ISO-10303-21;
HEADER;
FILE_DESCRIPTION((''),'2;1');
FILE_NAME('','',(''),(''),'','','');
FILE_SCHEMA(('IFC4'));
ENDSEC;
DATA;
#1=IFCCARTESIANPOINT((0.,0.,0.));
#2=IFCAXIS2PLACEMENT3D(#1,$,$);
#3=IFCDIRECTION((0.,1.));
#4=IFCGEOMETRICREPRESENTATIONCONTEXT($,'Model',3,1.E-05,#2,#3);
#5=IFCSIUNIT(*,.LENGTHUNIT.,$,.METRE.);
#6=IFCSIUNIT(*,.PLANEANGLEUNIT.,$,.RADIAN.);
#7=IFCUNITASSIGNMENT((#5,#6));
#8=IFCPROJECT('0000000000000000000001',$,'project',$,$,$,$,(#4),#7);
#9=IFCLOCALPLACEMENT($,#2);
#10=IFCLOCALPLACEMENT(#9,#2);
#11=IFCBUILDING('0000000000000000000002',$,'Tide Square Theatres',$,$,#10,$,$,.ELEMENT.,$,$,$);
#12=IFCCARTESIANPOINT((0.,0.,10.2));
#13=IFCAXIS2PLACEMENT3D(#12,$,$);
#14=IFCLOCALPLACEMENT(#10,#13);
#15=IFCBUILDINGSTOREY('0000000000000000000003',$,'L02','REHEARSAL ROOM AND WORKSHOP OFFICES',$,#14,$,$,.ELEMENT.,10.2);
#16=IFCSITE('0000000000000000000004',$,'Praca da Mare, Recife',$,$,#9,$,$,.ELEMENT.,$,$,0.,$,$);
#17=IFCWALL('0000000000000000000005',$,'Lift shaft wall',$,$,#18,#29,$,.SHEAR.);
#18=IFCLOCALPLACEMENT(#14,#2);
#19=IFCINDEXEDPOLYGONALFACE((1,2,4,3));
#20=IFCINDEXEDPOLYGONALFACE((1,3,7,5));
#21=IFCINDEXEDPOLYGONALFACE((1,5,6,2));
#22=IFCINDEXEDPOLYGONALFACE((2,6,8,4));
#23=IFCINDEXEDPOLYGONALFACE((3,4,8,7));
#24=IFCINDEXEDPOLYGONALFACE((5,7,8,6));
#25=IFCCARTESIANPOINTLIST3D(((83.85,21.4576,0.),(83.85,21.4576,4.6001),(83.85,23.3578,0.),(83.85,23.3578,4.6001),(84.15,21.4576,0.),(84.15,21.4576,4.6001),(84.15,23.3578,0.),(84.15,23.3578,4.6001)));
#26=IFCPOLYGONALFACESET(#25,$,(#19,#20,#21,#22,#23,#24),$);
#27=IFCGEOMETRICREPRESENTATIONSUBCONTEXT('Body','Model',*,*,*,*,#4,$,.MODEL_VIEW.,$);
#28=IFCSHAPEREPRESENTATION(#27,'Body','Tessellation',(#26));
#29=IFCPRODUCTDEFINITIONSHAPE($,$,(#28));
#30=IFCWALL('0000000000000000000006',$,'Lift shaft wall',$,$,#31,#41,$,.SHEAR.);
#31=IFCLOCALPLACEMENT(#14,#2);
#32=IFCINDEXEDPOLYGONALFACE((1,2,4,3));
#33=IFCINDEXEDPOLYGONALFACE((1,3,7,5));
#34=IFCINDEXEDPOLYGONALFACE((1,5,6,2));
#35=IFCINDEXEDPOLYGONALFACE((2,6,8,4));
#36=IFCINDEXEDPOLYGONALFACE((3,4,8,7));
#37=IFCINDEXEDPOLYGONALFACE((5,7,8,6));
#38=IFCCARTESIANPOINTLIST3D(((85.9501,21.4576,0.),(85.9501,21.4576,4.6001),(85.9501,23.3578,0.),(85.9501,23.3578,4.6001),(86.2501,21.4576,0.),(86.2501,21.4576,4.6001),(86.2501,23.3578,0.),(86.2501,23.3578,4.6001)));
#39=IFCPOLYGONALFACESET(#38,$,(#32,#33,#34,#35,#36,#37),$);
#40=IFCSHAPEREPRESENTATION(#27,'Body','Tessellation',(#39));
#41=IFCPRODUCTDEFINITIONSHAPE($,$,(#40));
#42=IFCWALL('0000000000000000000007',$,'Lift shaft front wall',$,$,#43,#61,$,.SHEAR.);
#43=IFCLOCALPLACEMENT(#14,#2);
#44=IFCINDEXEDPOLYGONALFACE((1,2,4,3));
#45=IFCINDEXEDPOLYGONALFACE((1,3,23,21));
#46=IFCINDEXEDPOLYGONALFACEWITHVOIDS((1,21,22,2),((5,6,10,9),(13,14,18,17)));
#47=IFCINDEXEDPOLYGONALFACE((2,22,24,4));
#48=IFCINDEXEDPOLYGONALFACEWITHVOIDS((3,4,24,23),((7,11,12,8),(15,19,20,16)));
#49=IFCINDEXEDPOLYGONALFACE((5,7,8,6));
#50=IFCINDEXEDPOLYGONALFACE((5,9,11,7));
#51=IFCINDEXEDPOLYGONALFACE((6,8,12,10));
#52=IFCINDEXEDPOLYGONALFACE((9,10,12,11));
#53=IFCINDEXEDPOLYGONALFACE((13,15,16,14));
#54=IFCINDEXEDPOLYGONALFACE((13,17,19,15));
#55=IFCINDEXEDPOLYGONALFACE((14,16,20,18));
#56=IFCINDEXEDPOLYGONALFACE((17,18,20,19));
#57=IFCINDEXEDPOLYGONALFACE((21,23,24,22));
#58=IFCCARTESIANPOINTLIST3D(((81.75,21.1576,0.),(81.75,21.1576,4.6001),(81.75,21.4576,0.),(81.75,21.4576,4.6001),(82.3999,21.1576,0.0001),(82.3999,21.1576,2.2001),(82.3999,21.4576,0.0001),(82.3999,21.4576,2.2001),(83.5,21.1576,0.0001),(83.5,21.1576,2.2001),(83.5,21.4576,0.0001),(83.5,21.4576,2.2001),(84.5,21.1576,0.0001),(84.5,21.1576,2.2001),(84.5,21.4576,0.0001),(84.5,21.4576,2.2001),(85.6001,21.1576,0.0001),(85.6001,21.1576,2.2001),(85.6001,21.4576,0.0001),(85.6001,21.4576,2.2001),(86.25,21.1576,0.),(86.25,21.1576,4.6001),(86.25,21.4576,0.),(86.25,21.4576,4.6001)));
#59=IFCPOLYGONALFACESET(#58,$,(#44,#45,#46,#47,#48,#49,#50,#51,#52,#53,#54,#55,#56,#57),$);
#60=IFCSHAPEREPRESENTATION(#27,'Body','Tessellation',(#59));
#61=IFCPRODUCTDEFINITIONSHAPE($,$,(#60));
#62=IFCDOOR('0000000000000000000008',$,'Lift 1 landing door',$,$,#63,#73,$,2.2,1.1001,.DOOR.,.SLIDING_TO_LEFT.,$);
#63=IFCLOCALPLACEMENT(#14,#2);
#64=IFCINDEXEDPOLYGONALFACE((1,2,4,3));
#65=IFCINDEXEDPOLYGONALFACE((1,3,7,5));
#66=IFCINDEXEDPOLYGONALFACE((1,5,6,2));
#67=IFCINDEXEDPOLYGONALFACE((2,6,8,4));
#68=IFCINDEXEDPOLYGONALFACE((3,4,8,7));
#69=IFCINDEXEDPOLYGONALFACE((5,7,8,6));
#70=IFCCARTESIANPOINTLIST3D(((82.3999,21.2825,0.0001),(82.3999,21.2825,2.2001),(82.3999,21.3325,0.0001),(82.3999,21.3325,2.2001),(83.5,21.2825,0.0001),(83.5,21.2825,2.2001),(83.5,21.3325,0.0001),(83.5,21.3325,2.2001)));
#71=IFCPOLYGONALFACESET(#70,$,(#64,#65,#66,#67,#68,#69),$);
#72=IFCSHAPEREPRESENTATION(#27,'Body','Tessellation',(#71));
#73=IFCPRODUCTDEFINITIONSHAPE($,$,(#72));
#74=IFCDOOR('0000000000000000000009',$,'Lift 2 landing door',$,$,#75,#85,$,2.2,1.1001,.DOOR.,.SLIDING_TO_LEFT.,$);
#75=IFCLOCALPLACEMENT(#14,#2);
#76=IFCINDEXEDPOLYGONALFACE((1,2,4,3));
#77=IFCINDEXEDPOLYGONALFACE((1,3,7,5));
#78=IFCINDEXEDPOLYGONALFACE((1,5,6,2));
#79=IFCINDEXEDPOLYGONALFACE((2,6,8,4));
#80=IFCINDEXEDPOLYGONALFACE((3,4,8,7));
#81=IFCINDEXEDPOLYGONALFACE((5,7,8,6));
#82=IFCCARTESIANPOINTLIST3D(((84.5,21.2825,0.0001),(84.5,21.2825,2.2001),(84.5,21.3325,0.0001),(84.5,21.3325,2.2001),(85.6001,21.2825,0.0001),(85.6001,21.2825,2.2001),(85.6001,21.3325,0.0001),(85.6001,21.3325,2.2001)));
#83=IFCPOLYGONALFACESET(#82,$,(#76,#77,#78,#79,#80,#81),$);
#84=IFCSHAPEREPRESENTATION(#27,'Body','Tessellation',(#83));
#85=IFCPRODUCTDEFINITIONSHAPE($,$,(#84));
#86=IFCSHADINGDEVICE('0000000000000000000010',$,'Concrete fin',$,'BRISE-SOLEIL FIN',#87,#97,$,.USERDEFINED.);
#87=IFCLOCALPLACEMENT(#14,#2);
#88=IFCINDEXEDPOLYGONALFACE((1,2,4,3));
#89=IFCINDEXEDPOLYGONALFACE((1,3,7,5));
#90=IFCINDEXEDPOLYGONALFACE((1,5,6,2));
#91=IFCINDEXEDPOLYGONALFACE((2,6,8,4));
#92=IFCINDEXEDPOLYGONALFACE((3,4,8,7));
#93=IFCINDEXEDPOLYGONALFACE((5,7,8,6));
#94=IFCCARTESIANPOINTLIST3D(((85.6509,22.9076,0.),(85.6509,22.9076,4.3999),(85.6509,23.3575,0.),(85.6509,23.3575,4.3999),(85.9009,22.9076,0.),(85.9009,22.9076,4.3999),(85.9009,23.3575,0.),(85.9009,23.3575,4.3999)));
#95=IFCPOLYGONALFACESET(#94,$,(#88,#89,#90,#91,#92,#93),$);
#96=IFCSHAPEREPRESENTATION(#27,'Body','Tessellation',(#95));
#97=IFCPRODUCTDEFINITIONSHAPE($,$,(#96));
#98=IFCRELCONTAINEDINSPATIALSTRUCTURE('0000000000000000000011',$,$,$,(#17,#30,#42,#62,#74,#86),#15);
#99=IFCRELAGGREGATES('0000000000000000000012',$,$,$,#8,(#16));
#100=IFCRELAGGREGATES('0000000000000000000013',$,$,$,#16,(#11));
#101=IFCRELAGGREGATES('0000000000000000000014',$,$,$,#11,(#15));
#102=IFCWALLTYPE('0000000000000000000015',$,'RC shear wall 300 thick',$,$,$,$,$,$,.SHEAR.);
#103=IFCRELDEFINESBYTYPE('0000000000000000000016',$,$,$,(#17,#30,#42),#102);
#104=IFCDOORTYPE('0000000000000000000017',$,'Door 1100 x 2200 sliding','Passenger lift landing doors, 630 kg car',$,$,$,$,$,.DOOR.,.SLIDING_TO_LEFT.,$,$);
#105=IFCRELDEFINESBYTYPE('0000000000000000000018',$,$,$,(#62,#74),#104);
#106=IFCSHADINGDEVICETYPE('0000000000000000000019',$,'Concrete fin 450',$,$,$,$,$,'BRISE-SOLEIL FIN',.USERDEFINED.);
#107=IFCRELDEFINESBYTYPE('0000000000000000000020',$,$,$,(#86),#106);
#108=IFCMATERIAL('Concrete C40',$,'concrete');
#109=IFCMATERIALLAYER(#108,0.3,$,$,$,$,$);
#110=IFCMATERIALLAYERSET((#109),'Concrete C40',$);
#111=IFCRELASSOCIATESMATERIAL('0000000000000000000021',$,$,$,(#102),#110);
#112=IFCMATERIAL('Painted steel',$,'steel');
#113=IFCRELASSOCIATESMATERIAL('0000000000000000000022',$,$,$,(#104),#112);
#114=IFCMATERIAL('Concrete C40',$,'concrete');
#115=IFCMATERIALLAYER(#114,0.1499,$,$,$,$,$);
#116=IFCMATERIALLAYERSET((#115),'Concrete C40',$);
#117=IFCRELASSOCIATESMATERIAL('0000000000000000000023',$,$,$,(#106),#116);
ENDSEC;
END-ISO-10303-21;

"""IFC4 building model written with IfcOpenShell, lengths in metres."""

from ifc_helpers import new_model, si_unit, direction, frame, frame_2d, origin, origin_2d, place, context, subcontext, project, spatial, rectangle, extrude, material, layer, layer_set, type_object, element, fill, save


model = new_model("IFC4")

# Units and contexts
model_context = context("Model", 3, precision=1e-05, world=origin(), true_north=direction((0.0, 1.0)))
body_context = subcontext(model_context, "Body", "Model", "MODEL_VIEW")
ifc_project = project(units=[si_unit("LENGTHUNIT", "METRE"), si_unit("PLANEANGLEUNIT", "RADIAN")], contexts=[model_context])

# Site, building, storey
site_placement = place(None, origin())
site = spatial("IfcSite", under=ifc_project, at=site_placement, Name="Praca da Mare, Recife", CompositionType="ELEMENT", RefElevation=0.0)
building_placement = place(site_placement, origin())
building = spatial("IfcBuilding", under=site, at=building_placement, Name="Tide Square Theatres", CompositionType="ELEMENT")
storey_placement = place(building_placement, frame((0.0, 0.0, 10.2)))
storey = spatial("IfcBuildingStorey", under=building, at=storey_placement, Name="L02", Description="REHEARSAL ROOM AND WORKSHOP OFFICES", CompositionType="ELEMENT", Elevation=10.2)

# Walls
ifc_material_1 = material(Name="Concrete C40", Category="concrete")
ifc_layer_1 = layer(ifc_material_1, 0.3)
ifc_layer_set_1 = layer_set([ifc_layer_1], Name="Concrete C40")
wall_type_1 = type_object("IfcWallType", Name="RC shear wall 300 thick", PredefinedType="SHEAR", material=ifc_layer_set_1)
for number, where, z_axis, x_axis, name in (
    (1, (84.0, 21.4575, 0.0), (0.0, 0.0, 1.0), (0.0, 1.0, 0.0), "Lift shaft wall"),
    (2, (86.1001, 21.4575, 0.0), (0.0, 0.0, 1.0), (0.0, 1.0, 0.0), "Lift shaft wall"),
):
    element("IfcWall", number, at=place(storey_placement, frame(where, z_axis=z_axis, x_axis=x_axis)), inside=storey, type_object=wall_type_1, Name=name, PredefinedType="SHEAR", context=body_context, shape_type="SweptSolid", body=[
        extrude(rectangle(XDim=1.9001, YDim=0.3, at=frame_2d((0.9502, 0.0))), origin(), (0.0, 0.0, 1.0), 4.6001),
    ])

# Wall, openings, doors
wall_1_placement = place(storey_placement, frame((81.75, 21.3076, 0.0), z_axis=(0.0, 0.0, 1.0), x_axis=(1.0, 0.0, 0.0)))
wall_1 = element("IfcWall", 3, at=wall_1_placement, inside=storey, type_object=wall_type_1, Name="Lift shaft front wall", PredefinedType="SHEAR", context=body_context, shape_type="SweptSolid", body=[
    extrude(rectangle(XDim=4.5, YDim=0.3, at=frame_2d((2.25, 0.0))), origin(), (0.0, 0.0, 1.0), 4.6001),
])
opening_1_placement = place(wall_1_placement, frame((0.6499, 0.0, 0.0)))
opening_1 = element("IfcOpeningElement", 4, at=opening_1_placement, cuts=wall_1, PredefinedType="OPENING", context=body_context, shape_type="SweptSolid", body=[
    extrude(rectangle(XDim=1.1001, YDim=2.2, at=frame_2d((0.55, 1.1001))), frame((0.0, 0.1599, 0.0), z_axis=(0.0, -1.0, 0.0), x_axis=(1.0, 0.0, 0.0)), (0.0, 0.0, 1.0), 0.3201),
])
opening_2_placement = place(wall_1_placement, frame((2.75, 0.0, 0.0)))
opening_2 = element("IfcOpeningElement", 5, at=opening_2_placement, cuts=wall_1, PredefinedType="OPENING", context=body_context, shape_type="SweptSolid", body=[
    extrude(rectangle(XDim=1.1001, YDim=2.2, at=frame_2d((0.55, 1.1001))), frame((0.0, 0.1599, 0.0), z_axis=(0.0, -1.0, 0.0), x_axis=(1.0, 0.0, 0.0)), (0.0, 0.0, 1.0), 0.3201),
])
ifc_material_2 = material(Name="Painted steel", Category="steel")
door_type_1 = type_object("IfcDoorType", Name="Door 1100 x 2200 sliding", Description="Passenger lift landing doors, 630 kg car", OperationType="SLIDING_TO_LEFT", PredefinedType="DOOR", material=ifc_material_2)
door_1_placement = place(opening_1_placement, origin())
door_1 = element("IfcDoor", 6, at=door_1_placement, inside=storey, type_object=door_type_1, Name="Lift 1 landing door", OperationType="SLIDING_TO_LEFT", OverallHeight=2.2, OverallWidth=1.1001, PredefinedType="DOOR", context=body_context, shape_type="SweptSolid", body=[
    extrude(rectangle(XDim=1.1001, YDim=2.2, at=frame_2d((0.55, 1.1001))), frame((0.0, 0.0249, 0.0), z_axis=(0.0, -1.0, 0.0), x_axis=(1.0, 0.0, 0.0)), (0.0, 0.0, 1.0), 0.05),
])
fill(opening_1, door_1)
door_2_placement = place(opening_2_placement, origin())
door_2 = element("IfcDoor", 7, at=door_2_placement, inside=storey, type_object=door_type_1, Name="Lift 2 landing door", OperationType="SLIDING_TO_LEFT", OverallHeight=2.2, OverallWidth=1.1001, PredefinedType="DOOR", context=body_context, shape_type="SweptSolid", body=[
    extrude(rectangle(XDim=1.1001, YDim=2.2, at=frame_2d((0.55, 1.1001))), frame((0.0, 0.0249, 0.0), z_axis=(0.0, -1.0, 0.0), x_axis=(1.0, 0.0, 0.0)), (0.0, 0.0, 1.0), 0.05),
])
fill(opening_2, door_2)

# Shading device
ifc_material_3 = material(Name="Concrete C40", Category="concrete")
ifc_layer_2 = layer(ifc_material_3, 0.1499)
ifc_layer_set_2 = layer_set([ifc_layer_2], Name="Concrete C40")
shading_device_type = type_object("IfcShadingDeviceType", Name="Concrete fin 450", ElementType="BRISE-SOLEIL FIN", PredefinedType="USERDEFINED", material=ifc_layer_set_2)
shading_device_placement = place(storey_placement, frame((85.7759, 23.1326, 0.0), z_axis=(0.0, 0.0, 1.0), x_axis=(1.0, 0.0, 0.0)))
element("IfcShadingDevice", 8, at=shading_device_placement, inside=storey, type_object=shading_device_type, Name="Concrete fin", ObjectType="BRISE-SOLEIL FIN", PredefinedType="USERDEFINED", context=body_context, shape_type="SweptSolid", body=[
    extrude(rectangle(XDim=0.25, YDim=0.45, at=origin_2d()), origin(), (0.0, 0.0, 1.0), 4.3999),
])

save(model, "model.ifc")
